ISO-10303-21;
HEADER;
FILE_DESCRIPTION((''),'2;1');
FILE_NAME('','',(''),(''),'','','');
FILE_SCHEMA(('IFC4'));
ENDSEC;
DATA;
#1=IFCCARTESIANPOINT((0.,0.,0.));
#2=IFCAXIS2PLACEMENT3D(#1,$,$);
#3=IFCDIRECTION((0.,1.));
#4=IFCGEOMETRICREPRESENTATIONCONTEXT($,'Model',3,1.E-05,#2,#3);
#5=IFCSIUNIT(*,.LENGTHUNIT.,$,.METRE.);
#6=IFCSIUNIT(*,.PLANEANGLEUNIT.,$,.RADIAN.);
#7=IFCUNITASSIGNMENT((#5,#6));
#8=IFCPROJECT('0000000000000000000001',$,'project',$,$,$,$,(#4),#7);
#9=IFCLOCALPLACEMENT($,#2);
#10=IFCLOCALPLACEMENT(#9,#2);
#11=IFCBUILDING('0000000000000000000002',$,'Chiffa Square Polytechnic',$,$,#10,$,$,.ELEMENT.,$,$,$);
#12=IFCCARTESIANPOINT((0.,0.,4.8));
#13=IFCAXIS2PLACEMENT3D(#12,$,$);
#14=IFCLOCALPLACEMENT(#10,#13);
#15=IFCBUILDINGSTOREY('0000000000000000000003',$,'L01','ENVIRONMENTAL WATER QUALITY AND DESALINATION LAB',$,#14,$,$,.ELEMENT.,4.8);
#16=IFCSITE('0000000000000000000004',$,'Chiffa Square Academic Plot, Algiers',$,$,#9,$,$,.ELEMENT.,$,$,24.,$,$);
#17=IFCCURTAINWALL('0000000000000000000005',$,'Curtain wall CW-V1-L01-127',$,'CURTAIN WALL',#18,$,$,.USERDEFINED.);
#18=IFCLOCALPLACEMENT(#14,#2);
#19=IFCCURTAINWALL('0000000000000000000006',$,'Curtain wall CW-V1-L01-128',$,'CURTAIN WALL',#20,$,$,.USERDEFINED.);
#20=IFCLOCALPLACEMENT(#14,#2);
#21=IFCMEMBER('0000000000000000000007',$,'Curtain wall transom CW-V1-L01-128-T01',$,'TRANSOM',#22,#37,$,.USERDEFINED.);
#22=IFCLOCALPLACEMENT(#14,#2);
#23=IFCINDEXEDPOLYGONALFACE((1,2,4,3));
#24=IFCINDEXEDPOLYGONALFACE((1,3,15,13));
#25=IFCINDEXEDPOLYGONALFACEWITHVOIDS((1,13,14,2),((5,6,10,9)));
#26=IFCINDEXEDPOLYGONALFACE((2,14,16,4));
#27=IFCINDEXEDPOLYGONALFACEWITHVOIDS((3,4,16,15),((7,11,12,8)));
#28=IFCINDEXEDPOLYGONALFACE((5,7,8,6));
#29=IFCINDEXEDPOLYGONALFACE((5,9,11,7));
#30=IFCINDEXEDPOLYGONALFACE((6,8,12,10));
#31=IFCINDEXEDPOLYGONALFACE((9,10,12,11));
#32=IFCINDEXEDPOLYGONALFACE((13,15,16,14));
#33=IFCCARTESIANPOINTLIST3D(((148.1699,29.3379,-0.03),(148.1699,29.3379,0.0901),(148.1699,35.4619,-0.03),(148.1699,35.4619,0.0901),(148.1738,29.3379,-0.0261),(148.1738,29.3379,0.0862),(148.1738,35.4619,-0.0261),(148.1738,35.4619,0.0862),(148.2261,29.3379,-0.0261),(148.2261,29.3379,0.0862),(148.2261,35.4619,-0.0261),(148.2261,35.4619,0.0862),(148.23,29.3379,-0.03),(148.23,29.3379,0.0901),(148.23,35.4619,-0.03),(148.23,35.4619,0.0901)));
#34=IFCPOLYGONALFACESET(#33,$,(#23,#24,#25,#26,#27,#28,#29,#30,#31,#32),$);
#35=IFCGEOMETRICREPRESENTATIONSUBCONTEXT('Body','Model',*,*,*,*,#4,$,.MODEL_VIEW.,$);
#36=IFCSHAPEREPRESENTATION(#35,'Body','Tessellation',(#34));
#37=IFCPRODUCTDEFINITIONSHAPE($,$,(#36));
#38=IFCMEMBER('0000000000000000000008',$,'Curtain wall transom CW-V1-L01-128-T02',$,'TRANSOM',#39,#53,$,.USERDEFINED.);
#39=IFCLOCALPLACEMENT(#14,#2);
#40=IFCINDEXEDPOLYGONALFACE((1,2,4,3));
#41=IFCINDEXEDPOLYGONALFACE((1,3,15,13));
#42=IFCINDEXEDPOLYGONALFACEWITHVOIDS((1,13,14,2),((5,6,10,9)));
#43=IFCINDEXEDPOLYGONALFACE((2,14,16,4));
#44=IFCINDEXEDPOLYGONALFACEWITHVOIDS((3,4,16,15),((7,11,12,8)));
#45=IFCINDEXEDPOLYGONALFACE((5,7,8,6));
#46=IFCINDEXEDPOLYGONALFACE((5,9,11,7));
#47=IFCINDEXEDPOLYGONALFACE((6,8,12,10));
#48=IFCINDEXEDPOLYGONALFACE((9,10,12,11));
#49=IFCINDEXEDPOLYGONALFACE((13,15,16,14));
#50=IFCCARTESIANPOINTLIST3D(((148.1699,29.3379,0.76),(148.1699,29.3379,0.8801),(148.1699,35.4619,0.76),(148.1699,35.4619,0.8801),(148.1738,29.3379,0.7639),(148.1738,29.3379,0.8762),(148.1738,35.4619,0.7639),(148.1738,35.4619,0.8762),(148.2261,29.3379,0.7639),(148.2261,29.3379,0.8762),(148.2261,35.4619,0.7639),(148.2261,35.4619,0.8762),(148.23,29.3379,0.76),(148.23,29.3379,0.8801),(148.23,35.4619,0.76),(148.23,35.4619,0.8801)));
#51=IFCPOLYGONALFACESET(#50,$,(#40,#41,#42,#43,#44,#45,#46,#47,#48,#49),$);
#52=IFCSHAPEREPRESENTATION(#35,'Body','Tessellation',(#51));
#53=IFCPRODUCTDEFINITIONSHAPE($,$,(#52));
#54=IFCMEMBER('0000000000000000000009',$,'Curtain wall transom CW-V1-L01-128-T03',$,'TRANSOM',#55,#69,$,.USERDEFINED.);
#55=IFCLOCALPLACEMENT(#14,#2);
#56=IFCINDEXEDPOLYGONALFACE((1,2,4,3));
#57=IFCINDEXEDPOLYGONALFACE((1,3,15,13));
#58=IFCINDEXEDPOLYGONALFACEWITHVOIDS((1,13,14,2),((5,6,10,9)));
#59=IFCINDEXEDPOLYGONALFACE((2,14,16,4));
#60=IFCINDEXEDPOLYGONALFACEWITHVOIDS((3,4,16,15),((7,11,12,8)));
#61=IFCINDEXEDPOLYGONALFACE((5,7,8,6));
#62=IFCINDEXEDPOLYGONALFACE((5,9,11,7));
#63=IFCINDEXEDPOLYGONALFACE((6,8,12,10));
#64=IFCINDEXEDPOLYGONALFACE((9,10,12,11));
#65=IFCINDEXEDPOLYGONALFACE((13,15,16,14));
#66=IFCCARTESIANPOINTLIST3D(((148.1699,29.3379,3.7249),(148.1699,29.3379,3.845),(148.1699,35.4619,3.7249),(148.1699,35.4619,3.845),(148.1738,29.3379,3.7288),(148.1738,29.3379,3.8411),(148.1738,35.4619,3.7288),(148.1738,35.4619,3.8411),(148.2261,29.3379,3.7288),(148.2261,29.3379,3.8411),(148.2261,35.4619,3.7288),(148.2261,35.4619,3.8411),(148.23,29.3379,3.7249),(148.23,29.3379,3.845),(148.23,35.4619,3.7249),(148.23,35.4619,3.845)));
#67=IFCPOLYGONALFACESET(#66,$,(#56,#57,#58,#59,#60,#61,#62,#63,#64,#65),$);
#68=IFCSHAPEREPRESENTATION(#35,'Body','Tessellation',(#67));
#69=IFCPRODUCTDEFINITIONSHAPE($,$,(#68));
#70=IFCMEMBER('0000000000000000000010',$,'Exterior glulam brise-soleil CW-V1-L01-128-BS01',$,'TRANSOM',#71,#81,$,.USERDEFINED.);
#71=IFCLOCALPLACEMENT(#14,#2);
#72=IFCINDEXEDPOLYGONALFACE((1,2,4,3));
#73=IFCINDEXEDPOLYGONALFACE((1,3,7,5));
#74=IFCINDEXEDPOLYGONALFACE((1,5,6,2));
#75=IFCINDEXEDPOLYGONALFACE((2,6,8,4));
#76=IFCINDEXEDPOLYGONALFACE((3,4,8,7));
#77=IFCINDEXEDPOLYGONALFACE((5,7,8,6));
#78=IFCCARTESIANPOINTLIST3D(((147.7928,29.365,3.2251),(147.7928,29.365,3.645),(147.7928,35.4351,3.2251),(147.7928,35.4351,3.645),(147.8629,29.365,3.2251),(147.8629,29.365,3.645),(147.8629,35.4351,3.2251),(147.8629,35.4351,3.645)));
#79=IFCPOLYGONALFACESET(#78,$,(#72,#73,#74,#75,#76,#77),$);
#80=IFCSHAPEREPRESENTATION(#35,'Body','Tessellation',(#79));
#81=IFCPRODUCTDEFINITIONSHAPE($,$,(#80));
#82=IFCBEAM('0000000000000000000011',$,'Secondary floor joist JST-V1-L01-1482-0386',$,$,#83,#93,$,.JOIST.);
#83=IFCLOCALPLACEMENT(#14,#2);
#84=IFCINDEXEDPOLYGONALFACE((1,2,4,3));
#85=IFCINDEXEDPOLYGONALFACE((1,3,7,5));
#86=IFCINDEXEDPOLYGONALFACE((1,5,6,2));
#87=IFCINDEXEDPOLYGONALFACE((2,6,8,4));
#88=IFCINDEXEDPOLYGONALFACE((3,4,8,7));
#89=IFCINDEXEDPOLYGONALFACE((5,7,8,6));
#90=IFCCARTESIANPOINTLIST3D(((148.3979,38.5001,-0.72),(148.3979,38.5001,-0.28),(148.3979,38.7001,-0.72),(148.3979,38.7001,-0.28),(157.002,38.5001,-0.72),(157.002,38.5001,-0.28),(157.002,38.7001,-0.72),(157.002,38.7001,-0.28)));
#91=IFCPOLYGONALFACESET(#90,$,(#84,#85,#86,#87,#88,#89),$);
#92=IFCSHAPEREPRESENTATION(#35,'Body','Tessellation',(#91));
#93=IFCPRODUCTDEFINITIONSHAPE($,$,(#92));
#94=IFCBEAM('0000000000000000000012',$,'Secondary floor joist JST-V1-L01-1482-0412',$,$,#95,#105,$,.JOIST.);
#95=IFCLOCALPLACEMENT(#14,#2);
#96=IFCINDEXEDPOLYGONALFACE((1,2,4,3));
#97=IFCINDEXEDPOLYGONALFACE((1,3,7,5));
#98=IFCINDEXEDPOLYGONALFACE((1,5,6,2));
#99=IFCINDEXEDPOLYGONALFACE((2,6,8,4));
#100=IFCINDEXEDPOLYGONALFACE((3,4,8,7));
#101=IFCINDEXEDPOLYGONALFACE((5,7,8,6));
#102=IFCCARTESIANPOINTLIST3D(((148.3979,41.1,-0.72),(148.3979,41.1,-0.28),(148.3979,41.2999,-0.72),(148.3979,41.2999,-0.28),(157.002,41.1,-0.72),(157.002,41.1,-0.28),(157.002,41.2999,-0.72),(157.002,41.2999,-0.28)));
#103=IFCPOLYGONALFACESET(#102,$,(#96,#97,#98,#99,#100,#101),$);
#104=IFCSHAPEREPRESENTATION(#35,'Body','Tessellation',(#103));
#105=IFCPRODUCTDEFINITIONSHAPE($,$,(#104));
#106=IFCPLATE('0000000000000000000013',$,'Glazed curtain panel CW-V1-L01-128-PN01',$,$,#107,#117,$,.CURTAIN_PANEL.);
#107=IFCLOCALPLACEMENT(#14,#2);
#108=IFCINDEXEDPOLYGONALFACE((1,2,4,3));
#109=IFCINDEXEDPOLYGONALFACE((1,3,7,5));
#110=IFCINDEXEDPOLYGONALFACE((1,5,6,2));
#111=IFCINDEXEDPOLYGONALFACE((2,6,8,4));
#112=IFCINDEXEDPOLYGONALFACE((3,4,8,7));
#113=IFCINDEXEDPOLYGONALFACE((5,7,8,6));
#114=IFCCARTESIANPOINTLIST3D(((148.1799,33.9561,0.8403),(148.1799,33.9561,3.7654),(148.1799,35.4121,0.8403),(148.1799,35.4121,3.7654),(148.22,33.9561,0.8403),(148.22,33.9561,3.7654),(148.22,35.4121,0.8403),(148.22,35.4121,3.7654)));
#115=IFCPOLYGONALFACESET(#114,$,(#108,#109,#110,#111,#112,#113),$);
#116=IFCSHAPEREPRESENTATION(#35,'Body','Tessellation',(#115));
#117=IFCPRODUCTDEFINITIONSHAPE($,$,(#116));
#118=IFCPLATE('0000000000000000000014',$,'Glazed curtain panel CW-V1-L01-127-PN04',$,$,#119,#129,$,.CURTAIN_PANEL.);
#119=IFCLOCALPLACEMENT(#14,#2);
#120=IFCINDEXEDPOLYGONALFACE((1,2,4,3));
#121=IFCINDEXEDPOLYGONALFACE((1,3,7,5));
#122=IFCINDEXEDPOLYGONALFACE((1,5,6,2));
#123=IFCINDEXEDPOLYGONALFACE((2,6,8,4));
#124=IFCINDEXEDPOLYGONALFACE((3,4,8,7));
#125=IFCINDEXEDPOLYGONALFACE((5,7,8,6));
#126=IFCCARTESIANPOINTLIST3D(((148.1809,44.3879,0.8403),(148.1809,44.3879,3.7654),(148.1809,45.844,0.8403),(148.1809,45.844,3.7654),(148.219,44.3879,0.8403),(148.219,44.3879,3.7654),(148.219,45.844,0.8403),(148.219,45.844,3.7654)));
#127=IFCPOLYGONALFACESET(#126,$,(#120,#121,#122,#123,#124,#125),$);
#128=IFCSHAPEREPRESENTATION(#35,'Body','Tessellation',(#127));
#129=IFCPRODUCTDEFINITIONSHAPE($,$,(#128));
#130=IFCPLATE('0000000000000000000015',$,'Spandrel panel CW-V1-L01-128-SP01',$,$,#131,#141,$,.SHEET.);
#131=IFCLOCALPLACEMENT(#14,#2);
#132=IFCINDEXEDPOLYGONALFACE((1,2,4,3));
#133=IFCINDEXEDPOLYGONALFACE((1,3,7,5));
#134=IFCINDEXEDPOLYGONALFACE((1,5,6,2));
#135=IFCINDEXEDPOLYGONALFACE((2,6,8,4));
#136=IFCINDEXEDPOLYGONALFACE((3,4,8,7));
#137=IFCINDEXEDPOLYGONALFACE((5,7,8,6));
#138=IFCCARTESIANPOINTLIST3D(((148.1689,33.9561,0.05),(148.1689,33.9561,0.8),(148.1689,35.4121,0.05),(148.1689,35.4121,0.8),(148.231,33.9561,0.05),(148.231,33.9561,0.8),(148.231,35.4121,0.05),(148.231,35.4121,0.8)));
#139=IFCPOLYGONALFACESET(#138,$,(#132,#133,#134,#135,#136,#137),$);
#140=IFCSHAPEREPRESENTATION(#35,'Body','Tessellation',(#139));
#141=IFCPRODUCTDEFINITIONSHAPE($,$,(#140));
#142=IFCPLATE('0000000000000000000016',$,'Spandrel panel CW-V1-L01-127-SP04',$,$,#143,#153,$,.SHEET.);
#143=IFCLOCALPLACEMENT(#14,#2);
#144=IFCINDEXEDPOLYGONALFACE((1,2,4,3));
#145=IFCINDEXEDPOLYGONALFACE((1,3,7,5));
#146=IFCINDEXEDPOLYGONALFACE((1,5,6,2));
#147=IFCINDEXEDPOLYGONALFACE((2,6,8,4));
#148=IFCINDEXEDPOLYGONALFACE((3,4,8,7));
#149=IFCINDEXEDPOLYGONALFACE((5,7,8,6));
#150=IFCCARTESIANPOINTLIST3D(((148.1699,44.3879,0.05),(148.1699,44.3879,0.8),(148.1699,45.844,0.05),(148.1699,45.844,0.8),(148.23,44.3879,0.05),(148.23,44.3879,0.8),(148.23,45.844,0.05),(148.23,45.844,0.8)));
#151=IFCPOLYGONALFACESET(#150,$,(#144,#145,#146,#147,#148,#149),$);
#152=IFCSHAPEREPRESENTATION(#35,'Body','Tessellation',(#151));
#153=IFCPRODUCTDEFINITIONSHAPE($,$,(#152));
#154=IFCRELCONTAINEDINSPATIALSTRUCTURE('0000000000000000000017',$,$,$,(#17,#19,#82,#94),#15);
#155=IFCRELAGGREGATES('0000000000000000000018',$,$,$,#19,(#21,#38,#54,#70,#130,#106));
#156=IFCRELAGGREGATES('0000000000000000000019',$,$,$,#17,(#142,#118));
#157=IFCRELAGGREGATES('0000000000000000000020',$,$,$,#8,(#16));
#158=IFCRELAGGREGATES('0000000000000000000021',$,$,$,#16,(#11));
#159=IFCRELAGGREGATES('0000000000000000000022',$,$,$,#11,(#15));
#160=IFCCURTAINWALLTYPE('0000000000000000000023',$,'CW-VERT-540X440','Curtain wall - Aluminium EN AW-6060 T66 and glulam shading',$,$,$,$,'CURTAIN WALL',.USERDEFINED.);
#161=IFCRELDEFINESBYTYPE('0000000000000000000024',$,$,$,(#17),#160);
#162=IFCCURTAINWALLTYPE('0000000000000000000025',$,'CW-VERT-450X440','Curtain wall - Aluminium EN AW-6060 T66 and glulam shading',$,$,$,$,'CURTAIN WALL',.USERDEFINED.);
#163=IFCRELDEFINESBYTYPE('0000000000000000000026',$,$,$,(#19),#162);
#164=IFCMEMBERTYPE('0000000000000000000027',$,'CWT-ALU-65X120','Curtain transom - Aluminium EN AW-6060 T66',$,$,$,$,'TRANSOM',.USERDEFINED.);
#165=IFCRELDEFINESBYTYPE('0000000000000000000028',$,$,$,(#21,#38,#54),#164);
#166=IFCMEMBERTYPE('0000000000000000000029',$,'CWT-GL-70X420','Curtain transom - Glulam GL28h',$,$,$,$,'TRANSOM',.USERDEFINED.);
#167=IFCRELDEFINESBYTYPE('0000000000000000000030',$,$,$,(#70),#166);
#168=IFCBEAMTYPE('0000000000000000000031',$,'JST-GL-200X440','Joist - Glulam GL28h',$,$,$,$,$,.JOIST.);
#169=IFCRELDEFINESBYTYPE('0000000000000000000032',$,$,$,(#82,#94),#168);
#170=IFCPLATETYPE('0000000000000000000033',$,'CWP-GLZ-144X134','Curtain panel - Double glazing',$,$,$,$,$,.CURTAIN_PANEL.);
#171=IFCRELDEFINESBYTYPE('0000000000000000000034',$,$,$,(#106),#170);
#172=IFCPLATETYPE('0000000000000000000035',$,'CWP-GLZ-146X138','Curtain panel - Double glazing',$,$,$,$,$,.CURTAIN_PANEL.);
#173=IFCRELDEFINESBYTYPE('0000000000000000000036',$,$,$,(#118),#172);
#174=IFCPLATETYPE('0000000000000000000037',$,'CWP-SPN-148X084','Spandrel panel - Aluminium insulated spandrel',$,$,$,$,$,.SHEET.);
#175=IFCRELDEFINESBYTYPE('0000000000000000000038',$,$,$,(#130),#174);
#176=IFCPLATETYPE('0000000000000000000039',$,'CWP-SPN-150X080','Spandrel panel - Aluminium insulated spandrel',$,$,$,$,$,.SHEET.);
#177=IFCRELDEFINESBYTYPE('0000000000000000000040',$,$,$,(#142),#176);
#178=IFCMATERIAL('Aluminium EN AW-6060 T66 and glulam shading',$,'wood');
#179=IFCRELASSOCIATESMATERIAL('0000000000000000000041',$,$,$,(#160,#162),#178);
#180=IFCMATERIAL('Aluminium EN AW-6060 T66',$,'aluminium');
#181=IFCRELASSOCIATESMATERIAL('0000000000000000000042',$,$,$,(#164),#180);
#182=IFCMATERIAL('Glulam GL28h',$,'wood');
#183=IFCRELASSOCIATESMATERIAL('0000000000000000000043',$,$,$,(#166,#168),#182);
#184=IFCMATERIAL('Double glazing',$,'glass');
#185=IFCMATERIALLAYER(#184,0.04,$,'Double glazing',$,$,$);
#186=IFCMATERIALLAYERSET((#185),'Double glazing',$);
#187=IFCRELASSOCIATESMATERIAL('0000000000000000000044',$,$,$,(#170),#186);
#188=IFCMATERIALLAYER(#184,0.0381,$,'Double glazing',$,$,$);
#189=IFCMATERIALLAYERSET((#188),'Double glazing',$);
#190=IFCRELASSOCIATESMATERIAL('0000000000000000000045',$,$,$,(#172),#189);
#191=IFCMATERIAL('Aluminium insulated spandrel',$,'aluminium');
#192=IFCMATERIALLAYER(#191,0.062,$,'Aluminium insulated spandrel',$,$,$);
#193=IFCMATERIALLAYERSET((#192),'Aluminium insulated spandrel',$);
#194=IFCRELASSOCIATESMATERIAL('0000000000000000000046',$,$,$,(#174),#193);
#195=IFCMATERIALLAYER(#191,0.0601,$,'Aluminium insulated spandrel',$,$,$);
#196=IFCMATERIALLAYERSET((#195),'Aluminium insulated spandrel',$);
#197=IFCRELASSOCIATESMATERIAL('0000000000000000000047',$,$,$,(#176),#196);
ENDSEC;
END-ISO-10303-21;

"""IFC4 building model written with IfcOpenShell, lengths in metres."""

from ifc_helpers import new_model, si_unit, direction, frame, origin, origin_2d, place, context, subcontext, project, spatial, rectangle, hollow_rectangle, extrude, material, layer, layer_set, material_profile, profile_set, type_object, element, aggregate, save


model = new_model("IFC4")

# Units and contexts
model_context = context("Model", 3, precision=1e-05, world=origin(), true_north=direction((0.0, 1.0)))
body_context = subcontext(model_context, "Body", "Model", "MODEL_VIEW")
ifc_project = project(units=[si_unit("LENGTHUNIT", "METRE"), si_unit("PLANEANGLEUNIT", "RADIAN")], contexts=[model_context])

# Site, building, storey
site_placement = place(None, origin())
site = spatial("IfcSite", under=ifc_project, at=site_placement, Name="Chiffa Square Academic Plot, Algiers", CompositionType="ELEMENT", RefElevation=24.0)
building_placement = place(site_placement, origin())
building = spatial("IfcBuilding", under=site, at=building_placement, Name="Chiffa Square Polytechnic", CompositionType="ELEMENT")
storey_placement = place(building_placement, frame((0.0, 0.0, 4.8)))
storey = spatial("IfcBuildingStorey", under=building, at=storey_placement, Name="L01", Description="ENVIRONMENTAL WATER QUALITY AND DESALINATION LAB", CompositionType="ELEMENT", Elevation=4.8)

# Curtain wall
ifc_material_1 = material(Name="Aluminium EN AW-6060 T66 and glulam shading", Category="wood")
curtain_wall_type_1 = type_object("IfcCurtainWallType", Name="CW-VERT-540X440", Description="Curtain wall - Aluminium EN AW-6060 T66 and glulam shading", ElementType="CURTAIN WALL", PredefinedType="USERDEFINED", material=ifc_material_1)
curtain_wall_1_placement = place(storey_placement, origin())
curtain_wall_1 = element("IfcCurtainWall", 1, at=curtain_wall_1_placement, inside=storey, type_object=curtain_wall_type_1, Name="Curtain wall CW-V1-L01-127", ObjectType="CURTAIN WALL", PredefinedType="USERDEFINED")
ifc_material_2 = material(Name="Aluminium EN AW-6060 T66", Category="aluminium")

# Curtain wall
curtain_wall_type_2 = type_object("IfcCurtainWallType", Name="CW-VERT-450X440", Description="Curtain wall - Aluminium EN AW-6060 T66 and glulam shading", ElementType="CURTAIN WALL", PredefinedType="USERDEFINED", material=ifc_material_1)
curtain_wall_2_placement = place(storey_placement, origin())
curtain_wall_2 = element("IfcCurtainWall", 2, at=curtain_wall_2_placement, inside=storey, type_object=curtain_wall_type_2, Name="Curtain wall CW-V1-L01-128", ObjectType="CURTAIN WALL", PredefinedType="USERDEFINED")

# Members
ifc_material_3 = material(Name="Glulam GL28h", Category="wood")
ifc_material_profile_1 = material_profile(ifc_material_2, hollow_rectangle(XDim=0.0601, YDim=0.1201, WallThickness=0.0039, at=origin_2d()), Name="ALU 60x120x4")
ifc_profile_set_1 = profile_set([ifc_material_profile_1], Name="Aluminium EN AW-6060 T66")
member_type_1 = type_object("IfcMemberType", Name="CWT-ALU-65X120", Description="Curtain transom - Aluminium EN AW-6060 T66", ElementType="TRANSOM", PredefinedType="USERDEFINED", material=ifc_profile_set_1)
member_1_placement = place(storey_placement, frame((148.2, 35.4619, 0.03), z_axis=(0.0, -1.0, 0.0), x_axis=(1.0, 0.0, 0.0)))
member_1 = element("IfcMember", 3, at=member_1_placement, type_object=member_type_1, Name="Curtain wall transom CW-V1-L01-128-T01", ObjectType="TRANSOM", PredefinedType="USERDEFINED", context=body_context, shape_type="SweptSolid", body=[
    extrude(hollow_rectangle(XDim=0.0601, YDim=0.1201, WallThickness=0.0039, at=origin_2d()), origin(), (0.0, 0.0, 1.0), 6.124),
])
member_2_placement = place(storey_placement, frame((148.2, 35.4619, 0.8201), z_axis=(0.0, -1.0, 0.0), x_axis=(1.0, 0.0, 0.0)))
member_2 = element("IfcMember", 4, at=member_2_placement, type_object=member_type_1, Name="Curtain wall transom CW-V1-L01-128-T02", ObjectType="TRANSOM", PredefinedType="USERDEFINED", context=body_context, shape_type="SweptSolid", body=[
    extrude(hollow_rectangle(XDim=0.0601, YDim=0.1201, WallThickness=0.0039, at=origin_2d()), origin(), (0.0, 0.0, 1.0), 6.124),
])
member_3_placement = place(storey_placement, frame((148.2, 35.4619, 3.7849), z_axis=(0.0, -1.0, 0.0), x_axis=(1.0, 0.0, 0.0)))
member_3 = element("IfcMember", 5, at=member_3_placement, type_object=member_type_1, Name="Curtain wall transom CW-V1-L01-128-T03", ObjectType="TRANSOM", PredefinedType="USERDEFINED", context=body_context, shape_type="SweptSolid", body=[
    extrude(hollow_rectangle(XDim=0.0601, YDim=0.1201, WallThickness=0.0039, at=origin_2d()), origin(), (0.0, 0.0, 1.0), 6.124),
])
ifc_material_profile_2 = material_profile(ifc_material_3, rectangle(XDim=0.0701, YDim=0.4199, at=origin_2d()), Name="GL28h 70x420")
ifc_profile_set_2 = profile_set([ifc_material_profile_2], Name="Glulam GL28h")
member_type_2 = type_object("IfcMemberType", Name="CWT-GL-70X420", Description="Curtain transom - Glulam GL28h", ElementType="TRANSOM", PredefinedType="USERDEFINED", material=ifc_profile_set_2)
member_4_placement = place(storey_placement, frame((147.8279, 35.4351, 3.4351), z_axis=(0.0, -1.0, 0.0), x_axis=(1.0, 0.0, 0.0)))
member_4 = element("IfcMember", 6, at=member_4_placement, type_object=member_type_2, Name="Exterior glulam brise-soleil CW-V1-L01-128-BS01", ObjectType="TRANSOM", PredefinedType="USERDEFINED", context=body_context, shape_type="SweptSolid", body=[
    extrude(rectangle(XDim=0.0701, YDim=0.4199, at=origin_2d()), origin(), (0.0, 0.0, 1.0), 6.0701),
])

# Beams
ifc_material_profile_3 = material_profile(ifc_material_3, rectangle(XDim=0.2, YDim=0.4399, at=origin_2d()), Name="GL28h 200x440")
ifc_profile_set_3 = profile_set([ifc_material_profile_3], Name="Glulam GL28h")
beam_type_1 = type_object("IfcBeamType", Name="JST-GL-200X440", Description="Joist - Glulam GL28h", PredefinedType="JOIST", material=ifc_profile_set_3)
for number, where, z_axis, x_axis, name in (
    (7, (148.3979, 38.6001, -0.5), (1.0, 0.0, 0.0), (0.0, 1.0, 0.0), "Secondary floor joist JST-V1-L01-1482-0386"),
    (8, (148.3979, 41.2, -0.5), (1.0, 0.0, 0.0), (0.0, 1.0, 0.0), "Secondary floor joist JST-V1-L01-1482-0412"),
):
    element("IfcBeam", number, at=place(storey_placement, frame(where, z_axis=z_axis, x_axis=x_axis)), inside=storey, type_object=beam_type_1, Name=name, PredefinedType="JOIST", context=body_context, shape_type="SweptSolid", body=[
        extrude(rectangle(XDim=0.2, YDim=0.4399, at=origin_2d()), origin(), (0.0, 0.0, 1.0), 8.604),
    ])

# Plates
ifc_material_4 = material(Name="Double glazing", Category="glass")
ifc_layer_1 = layer(ifc_material_4, 0.04, Name="Double glazing")
ifc_layer_set_1 = layer_set([ifc_layer_1], Name="Double glazing")
plate_type_1 = type_object("IfcPlateType", Name="CWP-GLZ-144X134", Description="Curtain panel - Double glazing", PredefinedType="CURTAIN_PANEL", material=ifc_layer_set_1)
plate_1_placement = place(storey_placement, frame((148.2, 34.6841, 0.8403), z_axis=(0.0, 0.0, 1.0), x_axis=(0.0, -1.0, 0.0)))
plate_1 = element("IfcPlate", 9, at=plate_1_placement, type_object=plate_type_1, Name="Glazed curtain panel CW-V1-L01-128-PN01", PredefinedType="CURTAIN_PANEL", context=body_context, shape_type="SweptSolid", body=[
    extrude(rectangle(XDim=1.4561, YDim=0.04, at=origin_2d()), origin(), (0.0, 0.0, 1.0), 2.925),
])
ifc_layer_2 = layer(ifc_material_4, 0.0381, Name="Double glazing")
ifc_layer_set_2 = layer_set([ifc_layer_2], Name="Double glazing")
plate_type_2 = type_object("IfcPlateType", Name="CWP-GLZ-146X138", Description="Curtain panel - Double glazing", PredefinedType="CURTAIN_PANEL", material=ifc_layer_set_2)
plate_2_placement = place(storey_placement, frame((148.2, 45.116, 0.8403), z_axis=(0.0, 0.0, 1.0), x_axis=(0.0, -1.0, 0.0)))
plate_2 = element("IfcPlate", 10, at=plate_2_placement, type_object=plate_type_2, Name="Glazed curtain panel CW-V1-L01-127-PN04", PredefinedType="CURTAIN_PANEL", context=body_context, shape_type="SweptSolid", body=[
    extrude(rectangle(XDim=1.4561, YDim=0.0381, at=origin_2d()), origin(), (0.0, 0.0, 1.0), 2.925),
])
ifc_material_5 = material(Name="Aluminium insulated spandrel", Category="aluminium")
ifc_layer_3 = layer(ifc_material_5, 0.062, Name="Aluminium insulated spandrel")
ifc_layer_set_3 = layer_set([ifc_layer_3], Name="Aluminium insulated spandrel")
plate_type_3 = type_object("IfcPlateType", Name="CWP-SPN-148X084", Description="Spandrel panel - Aluminium insulated spandrel", PredefinedType="SHEET", material=ifc_layer_set_3)
plate_3_placement = place(storey_placement, frame((148.2, 34.6841, 0.05), z_axis=(0.0, 0.0, 1.0), x_axis=(0.0, -1.0, 0.0)))
plate_3 = element("IfcPlate", 11, at=plate_3_placement, type_object=plate_type_3, Name="Spandrel panel CW-V1-L01-128-SP01", PredefinedType="SHEET", context=body_context, shape_type="SweptSolid", body=[
    extrude(rectangle(XDim=1.4561, YDim=0.062, at=origin_2d()), origin(), (0.0, 0.0, 1.0), 0.75),
])
aggregate(curtain_wall_2, [member_1, member_2, member_3, member_4, plate_3, plate_1])
ifc_layer_4 = layer(ifc_material_5, 0.0601, Name="Aluminium insulated spandrel")
ifc_layer_set_4 = layer_set([ifc_layer_4], Name="Aluminium insulated spandrel")
plate_type_4 = type_object("IfcPlateType", Name="CWP-SPN-150X080", Description="Spandrel panel - Aluminium insulated spandrel", PredefinedType="SHEET", material=ifc_layer_set_4)
plate_4_placement = place(storey_placement, frame((148.2, 45.116, 0.05), z_axis=(0.0, 0.0, 1.0), x_axis=(0.0, -1.0, 0.0)))
plate_4 = element("IfcPlate", 12, at=plate_4_placement, type_object=plate_type_4, Name="Spandrel panel CW-V1-L01-127-SP04", PredefinedType="SHEET", context=body_context, shape_type="SweptSolid", body=[
    extrude(rectangle(XDim=1.4561, YDim=0.0601, at=origin_2d()), origin(), (0.0, 0.0, 1.0), 0.75),
])
aggregate(curtain_wall_1, [plate_4, plate_2])

save(model, "model.ifc")
